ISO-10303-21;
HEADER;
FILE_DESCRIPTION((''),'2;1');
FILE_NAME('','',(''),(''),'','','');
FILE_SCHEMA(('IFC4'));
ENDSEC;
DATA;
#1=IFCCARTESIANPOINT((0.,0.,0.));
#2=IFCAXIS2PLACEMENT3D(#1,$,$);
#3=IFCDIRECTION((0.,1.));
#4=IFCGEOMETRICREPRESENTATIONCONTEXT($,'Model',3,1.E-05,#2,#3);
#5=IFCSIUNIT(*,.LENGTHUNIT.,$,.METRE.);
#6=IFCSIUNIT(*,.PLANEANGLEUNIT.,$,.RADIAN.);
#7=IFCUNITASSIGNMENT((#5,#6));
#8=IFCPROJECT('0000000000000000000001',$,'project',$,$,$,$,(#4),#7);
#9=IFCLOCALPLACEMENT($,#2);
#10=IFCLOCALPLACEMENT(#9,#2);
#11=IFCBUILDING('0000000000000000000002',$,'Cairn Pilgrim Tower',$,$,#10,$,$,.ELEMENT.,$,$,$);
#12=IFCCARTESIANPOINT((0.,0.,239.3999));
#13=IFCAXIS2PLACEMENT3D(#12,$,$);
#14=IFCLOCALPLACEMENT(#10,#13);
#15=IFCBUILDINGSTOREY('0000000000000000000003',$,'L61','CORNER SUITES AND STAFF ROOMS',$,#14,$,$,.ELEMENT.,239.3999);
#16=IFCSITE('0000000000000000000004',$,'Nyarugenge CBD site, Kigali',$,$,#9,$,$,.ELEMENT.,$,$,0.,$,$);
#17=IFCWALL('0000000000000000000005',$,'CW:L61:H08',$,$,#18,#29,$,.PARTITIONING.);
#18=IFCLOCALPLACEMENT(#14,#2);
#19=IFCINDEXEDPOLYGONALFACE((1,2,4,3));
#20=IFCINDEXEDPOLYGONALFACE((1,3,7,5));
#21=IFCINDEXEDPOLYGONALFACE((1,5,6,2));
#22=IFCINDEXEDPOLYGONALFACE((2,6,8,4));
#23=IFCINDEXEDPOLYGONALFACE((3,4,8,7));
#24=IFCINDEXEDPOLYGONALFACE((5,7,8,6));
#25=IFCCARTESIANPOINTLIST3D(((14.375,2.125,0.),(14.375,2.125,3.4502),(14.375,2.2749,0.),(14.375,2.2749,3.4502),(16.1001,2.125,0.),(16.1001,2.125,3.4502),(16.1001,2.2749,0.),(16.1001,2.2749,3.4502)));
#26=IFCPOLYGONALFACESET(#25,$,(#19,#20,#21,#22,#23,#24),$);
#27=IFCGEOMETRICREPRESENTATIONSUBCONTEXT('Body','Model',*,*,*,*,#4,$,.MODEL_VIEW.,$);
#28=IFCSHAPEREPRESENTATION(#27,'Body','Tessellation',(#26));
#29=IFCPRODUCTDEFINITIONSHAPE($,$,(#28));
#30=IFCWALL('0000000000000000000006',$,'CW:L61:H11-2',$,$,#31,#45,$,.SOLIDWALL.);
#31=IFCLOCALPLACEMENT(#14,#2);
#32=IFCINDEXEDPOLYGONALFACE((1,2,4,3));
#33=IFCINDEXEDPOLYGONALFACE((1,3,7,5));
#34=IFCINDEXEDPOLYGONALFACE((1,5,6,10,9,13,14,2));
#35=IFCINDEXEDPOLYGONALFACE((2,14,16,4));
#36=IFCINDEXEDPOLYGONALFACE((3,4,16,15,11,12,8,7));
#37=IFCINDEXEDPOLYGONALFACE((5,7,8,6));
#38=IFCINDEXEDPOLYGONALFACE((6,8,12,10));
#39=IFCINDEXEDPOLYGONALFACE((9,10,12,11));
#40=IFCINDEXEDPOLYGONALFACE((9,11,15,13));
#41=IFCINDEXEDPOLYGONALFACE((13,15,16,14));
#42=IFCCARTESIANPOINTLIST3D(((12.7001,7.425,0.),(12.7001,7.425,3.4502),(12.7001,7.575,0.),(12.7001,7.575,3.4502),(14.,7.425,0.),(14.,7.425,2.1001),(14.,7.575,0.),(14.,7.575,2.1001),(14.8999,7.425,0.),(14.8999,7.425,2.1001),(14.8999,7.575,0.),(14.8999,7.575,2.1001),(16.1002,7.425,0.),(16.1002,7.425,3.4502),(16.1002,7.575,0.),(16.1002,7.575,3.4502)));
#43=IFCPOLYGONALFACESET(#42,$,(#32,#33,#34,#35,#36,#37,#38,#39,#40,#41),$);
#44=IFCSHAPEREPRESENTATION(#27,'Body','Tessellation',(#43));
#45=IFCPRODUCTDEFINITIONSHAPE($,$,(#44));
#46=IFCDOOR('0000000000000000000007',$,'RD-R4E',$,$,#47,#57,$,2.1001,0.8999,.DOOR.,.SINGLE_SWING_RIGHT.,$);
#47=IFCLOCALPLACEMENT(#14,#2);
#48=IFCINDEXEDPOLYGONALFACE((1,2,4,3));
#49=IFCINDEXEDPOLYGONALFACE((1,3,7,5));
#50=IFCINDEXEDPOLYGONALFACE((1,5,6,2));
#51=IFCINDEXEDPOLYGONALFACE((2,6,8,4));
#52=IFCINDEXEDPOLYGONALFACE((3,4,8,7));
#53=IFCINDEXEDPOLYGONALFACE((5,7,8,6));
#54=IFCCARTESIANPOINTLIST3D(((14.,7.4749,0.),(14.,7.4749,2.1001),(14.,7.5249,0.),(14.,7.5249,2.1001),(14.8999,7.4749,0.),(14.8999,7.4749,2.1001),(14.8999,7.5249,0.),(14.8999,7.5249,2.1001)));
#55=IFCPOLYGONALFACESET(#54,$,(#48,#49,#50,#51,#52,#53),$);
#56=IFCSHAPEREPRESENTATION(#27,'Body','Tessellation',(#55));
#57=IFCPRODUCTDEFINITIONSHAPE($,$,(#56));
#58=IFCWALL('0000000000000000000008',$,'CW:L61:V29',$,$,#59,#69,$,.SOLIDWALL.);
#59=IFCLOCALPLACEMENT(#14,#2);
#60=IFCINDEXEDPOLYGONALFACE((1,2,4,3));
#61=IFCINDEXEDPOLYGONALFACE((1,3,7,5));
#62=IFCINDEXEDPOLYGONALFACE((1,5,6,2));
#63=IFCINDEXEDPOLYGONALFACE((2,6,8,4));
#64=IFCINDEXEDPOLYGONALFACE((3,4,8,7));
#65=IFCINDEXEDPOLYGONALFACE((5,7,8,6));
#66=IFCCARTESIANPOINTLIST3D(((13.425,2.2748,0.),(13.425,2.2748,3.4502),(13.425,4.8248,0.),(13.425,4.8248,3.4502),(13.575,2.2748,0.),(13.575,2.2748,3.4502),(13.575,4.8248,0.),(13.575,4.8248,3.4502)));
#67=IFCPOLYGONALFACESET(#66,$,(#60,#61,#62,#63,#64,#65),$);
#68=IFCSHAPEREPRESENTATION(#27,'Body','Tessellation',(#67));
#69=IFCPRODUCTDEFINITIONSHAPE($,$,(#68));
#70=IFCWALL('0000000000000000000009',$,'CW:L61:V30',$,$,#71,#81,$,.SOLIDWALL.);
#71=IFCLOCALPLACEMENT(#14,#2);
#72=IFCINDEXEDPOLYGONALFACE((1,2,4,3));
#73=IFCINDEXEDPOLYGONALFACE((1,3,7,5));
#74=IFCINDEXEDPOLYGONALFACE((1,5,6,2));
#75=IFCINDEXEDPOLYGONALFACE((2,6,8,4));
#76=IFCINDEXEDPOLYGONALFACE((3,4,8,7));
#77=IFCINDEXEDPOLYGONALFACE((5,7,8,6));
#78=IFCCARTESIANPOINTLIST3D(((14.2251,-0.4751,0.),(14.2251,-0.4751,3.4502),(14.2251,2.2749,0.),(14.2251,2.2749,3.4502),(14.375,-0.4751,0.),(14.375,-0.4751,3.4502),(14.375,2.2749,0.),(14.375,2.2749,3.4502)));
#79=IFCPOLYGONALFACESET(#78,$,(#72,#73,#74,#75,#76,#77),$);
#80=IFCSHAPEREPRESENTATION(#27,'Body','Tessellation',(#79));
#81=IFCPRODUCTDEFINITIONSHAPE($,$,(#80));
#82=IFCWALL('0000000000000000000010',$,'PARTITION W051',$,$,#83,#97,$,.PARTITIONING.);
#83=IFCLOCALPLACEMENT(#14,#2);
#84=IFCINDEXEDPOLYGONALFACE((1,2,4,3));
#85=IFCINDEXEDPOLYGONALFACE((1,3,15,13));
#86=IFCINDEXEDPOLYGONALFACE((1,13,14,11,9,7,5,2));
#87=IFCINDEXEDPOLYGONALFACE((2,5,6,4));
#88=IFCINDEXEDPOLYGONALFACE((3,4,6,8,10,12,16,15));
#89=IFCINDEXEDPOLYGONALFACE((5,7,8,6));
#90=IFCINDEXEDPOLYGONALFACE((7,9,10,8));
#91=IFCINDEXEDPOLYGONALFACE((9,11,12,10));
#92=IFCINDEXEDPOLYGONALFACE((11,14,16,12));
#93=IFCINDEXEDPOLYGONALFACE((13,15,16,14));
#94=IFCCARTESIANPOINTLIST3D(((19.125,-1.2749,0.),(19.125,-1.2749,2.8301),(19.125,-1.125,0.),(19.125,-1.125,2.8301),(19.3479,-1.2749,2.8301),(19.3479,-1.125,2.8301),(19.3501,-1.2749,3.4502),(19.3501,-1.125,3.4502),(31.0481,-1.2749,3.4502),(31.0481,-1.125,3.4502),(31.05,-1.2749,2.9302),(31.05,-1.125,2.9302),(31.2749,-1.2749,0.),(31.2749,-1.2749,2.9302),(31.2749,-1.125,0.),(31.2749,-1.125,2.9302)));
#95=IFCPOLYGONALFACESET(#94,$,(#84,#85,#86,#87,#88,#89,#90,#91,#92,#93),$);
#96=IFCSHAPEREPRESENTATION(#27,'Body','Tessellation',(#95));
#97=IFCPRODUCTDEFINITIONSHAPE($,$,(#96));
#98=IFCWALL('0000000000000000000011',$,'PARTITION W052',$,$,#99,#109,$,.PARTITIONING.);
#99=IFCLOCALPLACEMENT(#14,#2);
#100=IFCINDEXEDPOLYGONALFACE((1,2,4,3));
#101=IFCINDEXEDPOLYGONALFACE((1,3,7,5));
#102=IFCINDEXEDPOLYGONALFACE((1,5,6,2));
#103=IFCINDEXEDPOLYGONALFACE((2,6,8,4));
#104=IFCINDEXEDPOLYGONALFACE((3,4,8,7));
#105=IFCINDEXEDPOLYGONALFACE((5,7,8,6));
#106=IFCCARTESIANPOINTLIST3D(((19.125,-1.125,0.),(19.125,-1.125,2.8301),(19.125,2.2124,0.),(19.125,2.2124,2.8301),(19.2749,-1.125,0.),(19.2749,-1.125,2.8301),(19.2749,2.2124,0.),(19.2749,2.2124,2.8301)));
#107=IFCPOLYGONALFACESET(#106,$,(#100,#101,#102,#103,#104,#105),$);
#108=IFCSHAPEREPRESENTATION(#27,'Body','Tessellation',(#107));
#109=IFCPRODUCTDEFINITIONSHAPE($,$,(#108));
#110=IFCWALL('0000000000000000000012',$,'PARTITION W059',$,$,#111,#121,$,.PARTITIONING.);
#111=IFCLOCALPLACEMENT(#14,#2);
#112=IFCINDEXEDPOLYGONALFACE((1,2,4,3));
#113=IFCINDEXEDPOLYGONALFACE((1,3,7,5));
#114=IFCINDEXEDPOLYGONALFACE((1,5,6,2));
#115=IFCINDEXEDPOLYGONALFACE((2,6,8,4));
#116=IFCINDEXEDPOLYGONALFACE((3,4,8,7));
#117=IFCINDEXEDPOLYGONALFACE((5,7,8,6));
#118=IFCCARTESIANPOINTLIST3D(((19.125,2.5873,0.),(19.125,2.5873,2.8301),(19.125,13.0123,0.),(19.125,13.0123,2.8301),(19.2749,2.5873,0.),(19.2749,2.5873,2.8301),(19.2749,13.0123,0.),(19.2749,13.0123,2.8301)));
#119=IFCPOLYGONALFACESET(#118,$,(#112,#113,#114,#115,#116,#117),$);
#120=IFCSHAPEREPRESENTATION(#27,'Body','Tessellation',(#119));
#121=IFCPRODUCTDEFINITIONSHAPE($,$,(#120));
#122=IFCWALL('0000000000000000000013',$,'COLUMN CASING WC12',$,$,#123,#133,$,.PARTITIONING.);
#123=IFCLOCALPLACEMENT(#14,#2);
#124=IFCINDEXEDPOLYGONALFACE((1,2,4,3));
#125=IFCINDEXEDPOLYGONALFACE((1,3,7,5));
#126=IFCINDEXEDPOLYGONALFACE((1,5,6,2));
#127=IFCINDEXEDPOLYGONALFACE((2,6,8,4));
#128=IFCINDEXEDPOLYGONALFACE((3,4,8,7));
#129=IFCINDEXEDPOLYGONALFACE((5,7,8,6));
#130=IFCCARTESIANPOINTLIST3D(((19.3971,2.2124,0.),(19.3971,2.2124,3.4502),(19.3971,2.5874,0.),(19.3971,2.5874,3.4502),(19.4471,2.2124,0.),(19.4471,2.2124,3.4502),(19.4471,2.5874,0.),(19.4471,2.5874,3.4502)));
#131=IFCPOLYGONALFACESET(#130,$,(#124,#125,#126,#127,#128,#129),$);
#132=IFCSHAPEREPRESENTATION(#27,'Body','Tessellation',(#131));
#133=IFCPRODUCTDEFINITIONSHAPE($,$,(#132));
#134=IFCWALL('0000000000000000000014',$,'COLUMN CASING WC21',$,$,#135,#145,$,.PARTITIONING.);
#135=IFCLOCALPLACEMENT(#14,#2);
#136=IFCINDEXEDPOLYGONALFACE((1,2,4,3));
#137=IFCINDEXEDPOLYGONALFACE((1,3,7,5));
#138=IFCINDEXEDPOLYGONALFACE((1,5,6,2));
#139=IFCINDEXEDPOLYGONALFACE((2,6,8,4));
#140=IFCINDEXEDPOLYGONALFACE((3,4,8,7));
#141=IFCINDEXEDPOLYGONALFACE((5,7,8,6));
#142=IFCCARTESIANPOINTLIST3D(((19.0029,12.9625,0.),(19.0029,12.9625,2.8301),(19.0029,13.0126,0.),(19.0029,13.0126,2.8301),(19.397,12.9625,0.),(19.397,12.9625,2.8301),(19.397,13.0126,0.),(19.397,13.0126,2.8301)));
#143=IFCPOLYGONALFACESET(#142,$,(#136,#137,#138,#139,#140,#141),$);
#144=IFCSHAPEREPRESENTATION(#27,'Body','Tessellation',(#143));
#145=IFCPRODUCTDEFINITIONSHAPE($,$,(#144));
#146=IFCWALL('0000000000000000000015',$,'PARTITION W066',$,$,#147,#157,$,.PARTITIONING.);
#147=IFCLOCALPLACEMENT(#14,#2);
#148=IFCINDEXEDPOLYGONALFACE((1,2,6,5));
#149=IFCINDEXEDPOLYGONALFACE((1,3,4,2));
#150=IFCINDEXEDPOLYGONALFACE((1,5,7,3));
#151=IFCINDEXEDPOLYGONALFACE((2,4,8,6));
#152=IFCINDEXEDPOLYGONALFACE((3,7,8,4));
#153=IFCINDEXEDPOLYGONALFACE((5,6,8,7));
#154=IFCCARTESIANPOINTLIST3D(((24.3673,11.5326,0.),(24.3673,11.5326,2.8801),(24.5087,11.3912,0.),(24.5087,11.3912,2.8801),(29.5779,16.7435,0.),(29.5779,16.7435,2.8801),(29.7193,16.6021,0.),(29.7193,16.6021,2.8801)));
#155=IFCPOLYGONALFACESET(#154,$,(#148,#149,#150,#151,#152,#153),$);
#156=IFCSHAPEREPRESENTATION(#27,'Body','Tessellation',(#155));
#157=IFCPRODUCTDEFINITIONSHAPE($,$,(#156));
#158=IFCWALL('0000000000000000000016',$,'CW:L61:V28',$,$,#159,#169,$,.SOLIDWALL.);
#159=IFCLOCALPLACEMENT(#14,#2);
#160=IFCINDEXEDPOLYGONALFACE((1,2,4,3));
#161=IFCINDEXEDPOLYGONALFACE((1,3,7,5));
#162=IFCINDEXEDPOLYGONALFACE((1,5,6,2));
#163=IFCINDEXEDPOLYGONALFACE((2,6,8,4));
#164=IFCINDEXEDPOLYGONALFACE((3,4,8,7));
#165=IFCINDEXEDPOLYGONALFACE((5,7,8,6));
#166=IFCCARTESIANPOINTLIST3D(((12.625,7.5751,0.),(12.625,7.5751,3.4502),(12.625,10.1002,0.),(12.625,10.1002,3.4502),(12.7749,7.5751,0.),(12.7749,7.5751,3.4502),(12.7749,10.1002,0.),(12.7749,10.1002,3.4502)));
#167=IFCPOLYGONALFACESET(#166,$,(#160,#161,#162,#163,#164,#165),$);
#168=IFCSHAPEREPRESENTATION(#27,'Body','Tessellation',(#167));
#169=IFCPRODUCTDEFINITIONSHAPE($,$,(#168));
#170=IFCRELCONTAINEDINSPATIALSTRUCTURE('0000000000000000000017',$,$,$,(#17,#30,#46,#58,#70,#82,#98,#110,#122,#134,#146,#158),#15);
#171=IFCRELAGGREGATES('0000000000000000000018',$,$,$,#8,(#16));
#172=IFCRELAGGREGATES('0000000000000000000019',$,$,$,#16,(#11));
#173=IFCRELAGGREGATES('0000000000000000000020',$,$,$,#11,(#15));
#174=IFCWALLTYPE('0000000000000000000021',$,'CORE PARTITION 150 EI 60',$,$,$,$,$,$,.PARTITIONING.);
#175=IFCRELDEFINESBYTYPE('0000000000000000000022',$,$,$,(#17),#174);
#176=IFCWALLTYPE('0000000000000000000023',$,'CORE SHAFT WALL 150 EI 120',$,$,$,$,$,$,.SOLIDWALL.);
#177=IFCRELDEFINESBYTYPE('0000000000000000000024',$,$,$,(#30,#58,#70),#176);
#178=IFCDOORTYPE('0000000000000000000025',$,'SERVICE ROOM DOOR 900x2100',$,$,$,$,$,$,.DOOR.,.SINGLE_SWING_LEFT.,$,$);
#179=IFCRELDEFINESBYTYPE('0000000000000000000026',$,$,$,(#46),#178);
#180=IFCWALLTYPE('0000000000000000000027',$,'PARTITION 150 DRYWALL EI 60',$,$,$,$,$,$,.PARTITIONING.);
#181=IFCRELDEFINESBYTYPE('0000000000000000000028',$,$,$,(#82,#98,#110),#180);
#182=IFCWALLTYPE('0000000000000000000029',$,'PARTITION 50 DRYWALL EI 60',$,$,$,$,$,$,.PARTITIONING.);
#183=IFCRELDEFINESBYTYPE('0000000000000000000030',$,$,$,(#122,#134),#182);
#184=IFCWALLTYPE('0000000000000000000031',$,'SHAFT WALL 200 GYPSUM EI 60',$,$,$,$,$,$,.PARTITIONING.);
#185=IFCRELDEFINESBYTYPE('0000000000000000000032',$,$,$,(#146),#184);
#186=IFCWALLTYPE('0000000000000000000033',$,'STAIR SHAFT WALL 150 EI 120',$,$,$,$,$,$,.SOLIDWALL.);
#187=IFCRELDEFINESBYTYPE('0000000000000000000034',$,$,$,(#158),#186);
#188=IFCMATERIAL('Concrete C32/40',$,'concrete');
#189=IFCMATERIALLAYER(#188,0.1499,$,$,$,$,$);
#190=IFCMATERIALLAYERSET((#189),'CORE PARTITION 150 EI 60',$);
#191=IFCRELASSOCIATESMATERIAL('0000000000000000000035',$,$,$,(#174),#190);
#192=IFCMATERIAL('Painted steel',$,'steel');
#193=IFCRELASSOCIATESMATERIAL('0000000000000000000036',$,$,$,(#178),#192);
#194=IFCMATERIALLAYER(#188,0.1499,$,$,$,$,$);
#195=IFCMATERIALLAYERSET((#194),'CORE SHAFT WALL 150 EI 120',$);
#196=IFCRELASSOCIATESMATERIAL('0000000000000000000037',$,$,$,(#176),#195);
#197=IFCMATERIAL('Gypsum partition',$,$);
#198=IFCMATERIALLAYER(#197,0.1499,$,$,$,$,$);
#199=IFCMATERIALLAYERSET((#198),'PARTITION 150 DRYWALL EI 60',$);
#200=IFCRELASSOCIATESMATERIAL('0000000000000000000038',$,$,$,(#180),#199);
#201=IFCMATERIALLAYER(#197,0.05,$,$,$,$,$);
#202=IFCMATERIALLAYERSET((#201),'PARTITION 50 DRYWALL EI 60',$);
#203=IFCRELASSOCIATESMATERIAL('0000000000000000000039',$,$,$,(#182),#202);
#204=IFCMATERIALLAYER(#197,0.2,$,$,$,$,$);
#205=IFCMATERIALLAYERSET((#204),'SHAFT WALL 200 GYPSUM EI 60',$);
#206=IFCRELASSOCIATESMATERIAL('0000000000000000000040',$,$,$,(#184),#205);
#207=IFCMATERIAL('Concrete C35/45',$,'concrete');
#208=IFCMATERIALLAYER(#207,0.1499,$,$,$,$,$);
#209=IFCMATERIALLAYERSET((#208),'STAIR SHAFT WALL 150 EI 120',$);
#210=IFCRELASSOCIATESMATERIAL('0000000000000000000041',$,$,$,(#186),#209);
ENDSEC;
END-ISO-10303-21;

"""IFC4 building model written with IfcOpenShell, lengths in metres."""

from ifc_helpers import new_model, si_unit, direction, frame, frame_2d, origin, place, context, subcontext, project, spatial, polyline, rectangle, outline, extrude, material, layer, layer_set, type_object, element, fill, save


model = new_model("IFC4")

# Units and contexts
model_context = context("Model", 3, precision=1e-05, world=origin(), true_north=direction((0.0, 1.0)))
body_context = subcontext(model_context, "Body", "Model", "MODEL_VIEW")
ifc_project = project(units=[si_unit("LENGTHUNIT", "METRE"), si_unit("PLANEANGLEUNIT", "RADIAN")], contexts=[model_context])

# Site, building, storey
site_placement = place(None, origin())
site = spatial("IfcSite", under=ifc_project, at=site_placement, Name="Nyarugenge CBD site, Kigali", CompositionType="ELEMENT", RefElevation=0.0)
building_placement = place(site_placement, origin())
building = spatial("IfcBuilding", under=site, at=building_placement, Name="Cairn Pilgrim Tower", CompositionType="ELEMENT")
storey_placement = place(building_placement, frame((0.0, 0.0, 239.3999)))
storey = spatial("IfcBuildingStorey", under=building, at=storey_placement, Name="L61", Description="CORNER SUITES AND STAFF ROOMS", CompositionType="ELEMENT", Elevation=239.3999)

# Shared definitions
ifc_material_1 = material(Name="Concrete C32/40", Category="concrete")

# Shared definitions
ifc_layer_1 = layer(ifc_material_1, 0.1499)
ifc_layer_set_1 = layer_set([ifc_layer_1], Name="CORE PARTITION 150 EI 60")
wall_type_1 = type_object("IfcWallType", Name="CORE PARTITION 150 EI 60", PredefinedType="PARTITIONING", material=ifc_layer_set_1)
ifc_material_2 = material(Name="Painted steel", Category="steel")
door_type = type_object("IfcDoorType", Name="SERVICE ROOM DOOR 900x2100", OperationType="SINGLE_SWING_LEFT", PredefinedType="DOOR", material=ifc_material_2)

# Wall
wall_1_placement = place(storey_placement, frame((14.375, 2.2, 0.0), z_axis=(0.0, 0.0, 1.0), x_axis=(1.0, 0.0, 0.0)))
element("IfcWall", 1, at=wall_1_placement, inside=storey, type_object=wall_type_1, Name="CW:L61:H08", PredefinedType="PARTITIONING", context=body_context, shape_type="SweptSolid", body=[
    extrude(rectangle(XDim=1.7251, YDim=0.1499, at=frame_2d((0.8625, 0.0))), origin(), (0.0, 0.0, 1.0), 3.4502),
])

# Wall, opening, door
ifc_layer_2 = layer(ifc_material_1, 0.1499)
ifc_layer_set_2 = layer_set([ifc_layer_2], Name="CORE SHAFT WALL 150 EI 120")
wall_type_2 = type_object("IfcWallType", Name="CORE SHAFT WALL 150 EI 120", PredefinedType="SOLIDWALL", material=ifc_layer_set_2)
wall_2_placement = place(storey_placement, frame((12.7, 7.5, 0.0), z_axis=(0.0, 0.0, 1.0), x_axis=(1.0, 0.0, 0.0)))
wall_2 = element("IfcWall", 2, at=wall_2_placement, inside=storey, type_object=wall_type_2, Name="CW:L61:H11-2", PredefinedType="SOLIDWALL", context=body_context, shape_type="SweptSolid", body=[
    extrude(rectangle(XDim=3.4001, YDim=0.1499, at=frame_2d((1.7002, 0.0))), origin(), (0.0, 0.0, 1.0), 3.4502),
])
opening_1_placement = place(wall_2_placement, frame((1.3, 0.0, 0.0)))
opening_1 = element("IfcOpeningElement", 3, at=opening_1_placement, cuts=wall_2, PredefinedType="OPENING", context=body_context, shape_type="SweptSolid", body=[
    extrude(rectangle(XDim=0.8999, YDim=2.1001, at=frame_2d((0.45, 1.05))), frame((0.0, 0.085, 0.0), z_axis=(0.0, -1.0, 0.0), x_axis=(1.0, 0.0, 0.0)), (0.0, 0.0, 1.0), 0.1699),
])
door_1_placement = place(opening_1_placement, origin())
door_1 = element("IfcDoor", 4, at=door_1_placement, inside=storey, type_object=door_type, Name="RD-R4E", OperationType="SINGLE_SWING_RIGHT", OverallHeight=2.1001, OverallWidth=0.8999, PredefinedType="DOOR", context=body_context, shape_type="SweptSolid", body=[
    extrude(rectangle(XDim=0.8999, YDim=2.1001, at=frame_2d((0.45, 1.05))), frame((0.0, 0.0249, 0.0), z_axis=(0.0, -1.0, 0.0), x_axis=(1.0, 0.0, 0.0)), (0.0, 0.0, 1.0), 0.05),
])
fill(opening_1, door_1)

# Walls
wall_3_placement = place(storey_placement, frame((13.5, 2.2749, 0.0), z_axis=(0.0, 0.0, 1.0), x_axis=(0.0, 1.0, 0.0)))
element("IfcWall", 5, at=wall_3_placement, inside=storey, type_object=wall_type_2, Name="CW:L61:V29", PredefinedType="SOLIDWALL", context=body_context, shape_type="SweptSolid", body=[
    extrude(rectangle(XDim=2.55, YDim=0.1499, at=frame_2d((1.2749, 0.0))), origin(), (0.0, 0.0, 1.0), 3.4502),
])
wall_4_placement = place(storey_placement, frame((14.3, -0.4751, 0.0), z_axis=(0.0, 0.0, 1.0), x_axis=(0.0, 1.0, 0.0)))
element("IfcWall", 6, at=wall_4_placement, inside=storey, type_object=wall_type_2, Name="CW:L61:V30", PredefinedType="SOLIDWALL", context=body_context, shape_type="SweptSolid", body=[
    extrude(rectangle(XDim=2.75, YDim=0.1499, at=frame_2d((1.375, 0.0))), origin(), (0.0, 0.0, 1.0), 3.4502),
])
ifc_material_3 = material(Name="Gypsum partition")
ifc_layer_3 = layer(ifc_material_3, 0.1499)
ifc_layer_set_3 = layer_set([ifc_layer_3], Name="PARTITION 150 DRYWALL EI 60")
wall_type_3 = type_object("IfcWallType", Name="PARTITION 150 DRYWALL EI 60", PredefinedType="PARTITIONING", material=ifc_layer_set_3)
wall_5_placement = place(storey_placement, frame((19.125, -1.2, 0.0), z_axis=(0.0, 0.0, 1.0), x_axis=(1.0, 0.0, 0.0)))
element("IfcWall", 7, at=wall_5_placement, inside=storey, type_object=wall_type_3, Name="PARTITION W051", PredefinedType="PARTITIONING", context=body_context, shape_type="SweptSolid", body=[
    extrude(outline(polyline([(0.0, 0.0), (12.1499, 0.0), (12.1499, 2.9302), (11.925, 2.9302), (11.9231, 3.4502), (0.2251, 3.4502), (0.2229, 2.8301), (0.0, 2.8301), (0.0, 0.0)])), frame((0.0, 0.075, 0.0), z_axis=(0.0, -1.0, 0.0), x_axis=(1.0, 0.0, 0.0)), (0.0, 0.0, 1.0), 0.1499),
])
wall_6_placement = place(storey_placement, frame((19.2, -1.125, 0.0), z_axis=(0.0, 0.0, 1.0), x_axis=(0.0, 1.0, 0.0)))
element("IfcWall", 8, at=wall_6_placement, inside=storey, type_object=wall_type_3, Name="PARTITION W052", PredefinedType="PARTITIONING", context=body_context, shape_type="SweptSolid", body=[
    extrude(rectangle(XDim=3.3374, YDim=0.1499, at=frame_2d((1.6687, 0.0))), origin(), (0.0, 0.0, 1.0), 2.8301),
])
wall_7_placement = place(storey_placement, frame((19.2, 2.5874, 0.0), z_axis=(0.0, 0.0, 1.0), x_axis=(0.0, 1.0, 0.0)))
element("IfcWall", 9, at=wall_7_placement, inside=storey, type_object=wall_type_3, Name="PARTITION W059", PredefinedType="PARTITIONING", context=body_context, shape_type="SweptSolid", body=[
    extrude(rectangle(XDim=10.425, YDim=0.1499, at=frame_2d((5.2124, 0.0))), origin(), (0.0, 0.0, 1.0), 2.8301),
])
ifc_layer_4 = layer(ifc_material_3, 0.05)
ifc_layer_set_4 = layer_set([ifc_layer_4], Name="PARTITION 50 DRYWALL EI 60")
wall_type_4 = type_object("IfcWallType", Name="PARTITION 50 DRYWALL EI 60", PredefinedType="PARTITIONING", material=ifc_layer_set_4)
wall_8_placement = place(storey_placement, frame((19.4221, 2.2124, 0.0), z_axis=(0.0, 0.0, 1.0), x_axis=(0.0, 1.0, 0.0)))
element("IfcWall", 10, at=wall_8_placement, inside=storey, type_object=wall_type_4, Name="COLUMN CASING WC12", PredefinedType="PARTITIONING", context=body_context, shape_type="SweptSolid", body=[
    extrude(rectangle(XDim=0.375, YDim=0.05, at=frame_2d((0.1875, 0.0))), origin(), (0.0, 0.0, 1.0), 3.4502),
])
wall_9_placement = place(storey_placement, frame((19.0029, 12.9875, 0.0), z_axis=(0.0, 0.0, 1.0), x_axis=(1.0, 0.0, 0.0)))
element("IfcWall", 11, at=wall_9_placement, inside=storey, type_object=wall_type_4, Name="COLUMN CASING WC21", PredefinedType="PARTITIONING", context=body_context, shape_type="SweptSolid", body=[
    extrude(rectangle(XDim=0.394, YDim=0.05, at=frame_2d((0.197, 0.0))), origin(), (0.0, 0.0, 1.0), 2.8301),
])
ifc_layer_5 = layer(ifc_material_3, 0.2)
ifc_layer_set_5 = layer_set([ifc_layer_5], Name="SHAFT WALL 200 GYPSUM EI 60")
wall_type_5 = type_object("IfcWallType", Name="SHAFT WALL 200 GYPSUM EI 60", PredefinedType="PARTITIONING", material=ifc_layer_set_5)
wall_10_placement = place(storey_placement, frame((24.438, 11.4619, 0.0), z_axis=(0.0, 0.0, 1.0), x_axis=(0.70709, 0.707123, 0.0)))
element("IfcWall", 12, at=wall_10_placement, inside=storey, type_object=wall_type_5, Name="PARTITION W066", PredefinedType="PARTITIONING", context=body_context, shape_type="SweptSolid", body=[
    extrude(rectangle(XDim=7.3691, YDim=0.2, at=frame_2d((3.6846, 0.0))), origin(), (0.0, 0.0, 1.0), 2.8801),
])
ifc_material_4 = material(Name="Concrete C35/45", Category="concrete")
ifc_layer_6 = layer(ifc_material_4, 0.1499)
ifc_layer_set_6 = layer_set([ifc_layer_6], Name="STAIR SHAFT WALL 150 EI 120")
wall_type_6 = type_object("IfcWallType", Name="STAIR SHAFT WALL 150 EI 120", PredefinedType="SOLIDWALL", material=ifc_layer_set_6)
wall_11_placement = place(storey_placement, frame((12.7, 7.575, 0.0), z_axis=(0.0, 0.0, 1.0), x_axis=(0.0, 1.0, 0.0)))
element("IfcWall", 13, at=wall_11_placement, inside=storey, type_object=wall_type_6, Name="CW:L61:V28", PredefinedType="SOLIDWALL", context=body_context, shape_type="SweptSolid", body=[
    extrude(rectangle(XDim=2.5251, YDim=0.1499, at=frame_2d((1.2627, 0.0))), origin(), (0.0, 0.0, 1.0), 3.4502),
])

save(model, "model.ifc")
